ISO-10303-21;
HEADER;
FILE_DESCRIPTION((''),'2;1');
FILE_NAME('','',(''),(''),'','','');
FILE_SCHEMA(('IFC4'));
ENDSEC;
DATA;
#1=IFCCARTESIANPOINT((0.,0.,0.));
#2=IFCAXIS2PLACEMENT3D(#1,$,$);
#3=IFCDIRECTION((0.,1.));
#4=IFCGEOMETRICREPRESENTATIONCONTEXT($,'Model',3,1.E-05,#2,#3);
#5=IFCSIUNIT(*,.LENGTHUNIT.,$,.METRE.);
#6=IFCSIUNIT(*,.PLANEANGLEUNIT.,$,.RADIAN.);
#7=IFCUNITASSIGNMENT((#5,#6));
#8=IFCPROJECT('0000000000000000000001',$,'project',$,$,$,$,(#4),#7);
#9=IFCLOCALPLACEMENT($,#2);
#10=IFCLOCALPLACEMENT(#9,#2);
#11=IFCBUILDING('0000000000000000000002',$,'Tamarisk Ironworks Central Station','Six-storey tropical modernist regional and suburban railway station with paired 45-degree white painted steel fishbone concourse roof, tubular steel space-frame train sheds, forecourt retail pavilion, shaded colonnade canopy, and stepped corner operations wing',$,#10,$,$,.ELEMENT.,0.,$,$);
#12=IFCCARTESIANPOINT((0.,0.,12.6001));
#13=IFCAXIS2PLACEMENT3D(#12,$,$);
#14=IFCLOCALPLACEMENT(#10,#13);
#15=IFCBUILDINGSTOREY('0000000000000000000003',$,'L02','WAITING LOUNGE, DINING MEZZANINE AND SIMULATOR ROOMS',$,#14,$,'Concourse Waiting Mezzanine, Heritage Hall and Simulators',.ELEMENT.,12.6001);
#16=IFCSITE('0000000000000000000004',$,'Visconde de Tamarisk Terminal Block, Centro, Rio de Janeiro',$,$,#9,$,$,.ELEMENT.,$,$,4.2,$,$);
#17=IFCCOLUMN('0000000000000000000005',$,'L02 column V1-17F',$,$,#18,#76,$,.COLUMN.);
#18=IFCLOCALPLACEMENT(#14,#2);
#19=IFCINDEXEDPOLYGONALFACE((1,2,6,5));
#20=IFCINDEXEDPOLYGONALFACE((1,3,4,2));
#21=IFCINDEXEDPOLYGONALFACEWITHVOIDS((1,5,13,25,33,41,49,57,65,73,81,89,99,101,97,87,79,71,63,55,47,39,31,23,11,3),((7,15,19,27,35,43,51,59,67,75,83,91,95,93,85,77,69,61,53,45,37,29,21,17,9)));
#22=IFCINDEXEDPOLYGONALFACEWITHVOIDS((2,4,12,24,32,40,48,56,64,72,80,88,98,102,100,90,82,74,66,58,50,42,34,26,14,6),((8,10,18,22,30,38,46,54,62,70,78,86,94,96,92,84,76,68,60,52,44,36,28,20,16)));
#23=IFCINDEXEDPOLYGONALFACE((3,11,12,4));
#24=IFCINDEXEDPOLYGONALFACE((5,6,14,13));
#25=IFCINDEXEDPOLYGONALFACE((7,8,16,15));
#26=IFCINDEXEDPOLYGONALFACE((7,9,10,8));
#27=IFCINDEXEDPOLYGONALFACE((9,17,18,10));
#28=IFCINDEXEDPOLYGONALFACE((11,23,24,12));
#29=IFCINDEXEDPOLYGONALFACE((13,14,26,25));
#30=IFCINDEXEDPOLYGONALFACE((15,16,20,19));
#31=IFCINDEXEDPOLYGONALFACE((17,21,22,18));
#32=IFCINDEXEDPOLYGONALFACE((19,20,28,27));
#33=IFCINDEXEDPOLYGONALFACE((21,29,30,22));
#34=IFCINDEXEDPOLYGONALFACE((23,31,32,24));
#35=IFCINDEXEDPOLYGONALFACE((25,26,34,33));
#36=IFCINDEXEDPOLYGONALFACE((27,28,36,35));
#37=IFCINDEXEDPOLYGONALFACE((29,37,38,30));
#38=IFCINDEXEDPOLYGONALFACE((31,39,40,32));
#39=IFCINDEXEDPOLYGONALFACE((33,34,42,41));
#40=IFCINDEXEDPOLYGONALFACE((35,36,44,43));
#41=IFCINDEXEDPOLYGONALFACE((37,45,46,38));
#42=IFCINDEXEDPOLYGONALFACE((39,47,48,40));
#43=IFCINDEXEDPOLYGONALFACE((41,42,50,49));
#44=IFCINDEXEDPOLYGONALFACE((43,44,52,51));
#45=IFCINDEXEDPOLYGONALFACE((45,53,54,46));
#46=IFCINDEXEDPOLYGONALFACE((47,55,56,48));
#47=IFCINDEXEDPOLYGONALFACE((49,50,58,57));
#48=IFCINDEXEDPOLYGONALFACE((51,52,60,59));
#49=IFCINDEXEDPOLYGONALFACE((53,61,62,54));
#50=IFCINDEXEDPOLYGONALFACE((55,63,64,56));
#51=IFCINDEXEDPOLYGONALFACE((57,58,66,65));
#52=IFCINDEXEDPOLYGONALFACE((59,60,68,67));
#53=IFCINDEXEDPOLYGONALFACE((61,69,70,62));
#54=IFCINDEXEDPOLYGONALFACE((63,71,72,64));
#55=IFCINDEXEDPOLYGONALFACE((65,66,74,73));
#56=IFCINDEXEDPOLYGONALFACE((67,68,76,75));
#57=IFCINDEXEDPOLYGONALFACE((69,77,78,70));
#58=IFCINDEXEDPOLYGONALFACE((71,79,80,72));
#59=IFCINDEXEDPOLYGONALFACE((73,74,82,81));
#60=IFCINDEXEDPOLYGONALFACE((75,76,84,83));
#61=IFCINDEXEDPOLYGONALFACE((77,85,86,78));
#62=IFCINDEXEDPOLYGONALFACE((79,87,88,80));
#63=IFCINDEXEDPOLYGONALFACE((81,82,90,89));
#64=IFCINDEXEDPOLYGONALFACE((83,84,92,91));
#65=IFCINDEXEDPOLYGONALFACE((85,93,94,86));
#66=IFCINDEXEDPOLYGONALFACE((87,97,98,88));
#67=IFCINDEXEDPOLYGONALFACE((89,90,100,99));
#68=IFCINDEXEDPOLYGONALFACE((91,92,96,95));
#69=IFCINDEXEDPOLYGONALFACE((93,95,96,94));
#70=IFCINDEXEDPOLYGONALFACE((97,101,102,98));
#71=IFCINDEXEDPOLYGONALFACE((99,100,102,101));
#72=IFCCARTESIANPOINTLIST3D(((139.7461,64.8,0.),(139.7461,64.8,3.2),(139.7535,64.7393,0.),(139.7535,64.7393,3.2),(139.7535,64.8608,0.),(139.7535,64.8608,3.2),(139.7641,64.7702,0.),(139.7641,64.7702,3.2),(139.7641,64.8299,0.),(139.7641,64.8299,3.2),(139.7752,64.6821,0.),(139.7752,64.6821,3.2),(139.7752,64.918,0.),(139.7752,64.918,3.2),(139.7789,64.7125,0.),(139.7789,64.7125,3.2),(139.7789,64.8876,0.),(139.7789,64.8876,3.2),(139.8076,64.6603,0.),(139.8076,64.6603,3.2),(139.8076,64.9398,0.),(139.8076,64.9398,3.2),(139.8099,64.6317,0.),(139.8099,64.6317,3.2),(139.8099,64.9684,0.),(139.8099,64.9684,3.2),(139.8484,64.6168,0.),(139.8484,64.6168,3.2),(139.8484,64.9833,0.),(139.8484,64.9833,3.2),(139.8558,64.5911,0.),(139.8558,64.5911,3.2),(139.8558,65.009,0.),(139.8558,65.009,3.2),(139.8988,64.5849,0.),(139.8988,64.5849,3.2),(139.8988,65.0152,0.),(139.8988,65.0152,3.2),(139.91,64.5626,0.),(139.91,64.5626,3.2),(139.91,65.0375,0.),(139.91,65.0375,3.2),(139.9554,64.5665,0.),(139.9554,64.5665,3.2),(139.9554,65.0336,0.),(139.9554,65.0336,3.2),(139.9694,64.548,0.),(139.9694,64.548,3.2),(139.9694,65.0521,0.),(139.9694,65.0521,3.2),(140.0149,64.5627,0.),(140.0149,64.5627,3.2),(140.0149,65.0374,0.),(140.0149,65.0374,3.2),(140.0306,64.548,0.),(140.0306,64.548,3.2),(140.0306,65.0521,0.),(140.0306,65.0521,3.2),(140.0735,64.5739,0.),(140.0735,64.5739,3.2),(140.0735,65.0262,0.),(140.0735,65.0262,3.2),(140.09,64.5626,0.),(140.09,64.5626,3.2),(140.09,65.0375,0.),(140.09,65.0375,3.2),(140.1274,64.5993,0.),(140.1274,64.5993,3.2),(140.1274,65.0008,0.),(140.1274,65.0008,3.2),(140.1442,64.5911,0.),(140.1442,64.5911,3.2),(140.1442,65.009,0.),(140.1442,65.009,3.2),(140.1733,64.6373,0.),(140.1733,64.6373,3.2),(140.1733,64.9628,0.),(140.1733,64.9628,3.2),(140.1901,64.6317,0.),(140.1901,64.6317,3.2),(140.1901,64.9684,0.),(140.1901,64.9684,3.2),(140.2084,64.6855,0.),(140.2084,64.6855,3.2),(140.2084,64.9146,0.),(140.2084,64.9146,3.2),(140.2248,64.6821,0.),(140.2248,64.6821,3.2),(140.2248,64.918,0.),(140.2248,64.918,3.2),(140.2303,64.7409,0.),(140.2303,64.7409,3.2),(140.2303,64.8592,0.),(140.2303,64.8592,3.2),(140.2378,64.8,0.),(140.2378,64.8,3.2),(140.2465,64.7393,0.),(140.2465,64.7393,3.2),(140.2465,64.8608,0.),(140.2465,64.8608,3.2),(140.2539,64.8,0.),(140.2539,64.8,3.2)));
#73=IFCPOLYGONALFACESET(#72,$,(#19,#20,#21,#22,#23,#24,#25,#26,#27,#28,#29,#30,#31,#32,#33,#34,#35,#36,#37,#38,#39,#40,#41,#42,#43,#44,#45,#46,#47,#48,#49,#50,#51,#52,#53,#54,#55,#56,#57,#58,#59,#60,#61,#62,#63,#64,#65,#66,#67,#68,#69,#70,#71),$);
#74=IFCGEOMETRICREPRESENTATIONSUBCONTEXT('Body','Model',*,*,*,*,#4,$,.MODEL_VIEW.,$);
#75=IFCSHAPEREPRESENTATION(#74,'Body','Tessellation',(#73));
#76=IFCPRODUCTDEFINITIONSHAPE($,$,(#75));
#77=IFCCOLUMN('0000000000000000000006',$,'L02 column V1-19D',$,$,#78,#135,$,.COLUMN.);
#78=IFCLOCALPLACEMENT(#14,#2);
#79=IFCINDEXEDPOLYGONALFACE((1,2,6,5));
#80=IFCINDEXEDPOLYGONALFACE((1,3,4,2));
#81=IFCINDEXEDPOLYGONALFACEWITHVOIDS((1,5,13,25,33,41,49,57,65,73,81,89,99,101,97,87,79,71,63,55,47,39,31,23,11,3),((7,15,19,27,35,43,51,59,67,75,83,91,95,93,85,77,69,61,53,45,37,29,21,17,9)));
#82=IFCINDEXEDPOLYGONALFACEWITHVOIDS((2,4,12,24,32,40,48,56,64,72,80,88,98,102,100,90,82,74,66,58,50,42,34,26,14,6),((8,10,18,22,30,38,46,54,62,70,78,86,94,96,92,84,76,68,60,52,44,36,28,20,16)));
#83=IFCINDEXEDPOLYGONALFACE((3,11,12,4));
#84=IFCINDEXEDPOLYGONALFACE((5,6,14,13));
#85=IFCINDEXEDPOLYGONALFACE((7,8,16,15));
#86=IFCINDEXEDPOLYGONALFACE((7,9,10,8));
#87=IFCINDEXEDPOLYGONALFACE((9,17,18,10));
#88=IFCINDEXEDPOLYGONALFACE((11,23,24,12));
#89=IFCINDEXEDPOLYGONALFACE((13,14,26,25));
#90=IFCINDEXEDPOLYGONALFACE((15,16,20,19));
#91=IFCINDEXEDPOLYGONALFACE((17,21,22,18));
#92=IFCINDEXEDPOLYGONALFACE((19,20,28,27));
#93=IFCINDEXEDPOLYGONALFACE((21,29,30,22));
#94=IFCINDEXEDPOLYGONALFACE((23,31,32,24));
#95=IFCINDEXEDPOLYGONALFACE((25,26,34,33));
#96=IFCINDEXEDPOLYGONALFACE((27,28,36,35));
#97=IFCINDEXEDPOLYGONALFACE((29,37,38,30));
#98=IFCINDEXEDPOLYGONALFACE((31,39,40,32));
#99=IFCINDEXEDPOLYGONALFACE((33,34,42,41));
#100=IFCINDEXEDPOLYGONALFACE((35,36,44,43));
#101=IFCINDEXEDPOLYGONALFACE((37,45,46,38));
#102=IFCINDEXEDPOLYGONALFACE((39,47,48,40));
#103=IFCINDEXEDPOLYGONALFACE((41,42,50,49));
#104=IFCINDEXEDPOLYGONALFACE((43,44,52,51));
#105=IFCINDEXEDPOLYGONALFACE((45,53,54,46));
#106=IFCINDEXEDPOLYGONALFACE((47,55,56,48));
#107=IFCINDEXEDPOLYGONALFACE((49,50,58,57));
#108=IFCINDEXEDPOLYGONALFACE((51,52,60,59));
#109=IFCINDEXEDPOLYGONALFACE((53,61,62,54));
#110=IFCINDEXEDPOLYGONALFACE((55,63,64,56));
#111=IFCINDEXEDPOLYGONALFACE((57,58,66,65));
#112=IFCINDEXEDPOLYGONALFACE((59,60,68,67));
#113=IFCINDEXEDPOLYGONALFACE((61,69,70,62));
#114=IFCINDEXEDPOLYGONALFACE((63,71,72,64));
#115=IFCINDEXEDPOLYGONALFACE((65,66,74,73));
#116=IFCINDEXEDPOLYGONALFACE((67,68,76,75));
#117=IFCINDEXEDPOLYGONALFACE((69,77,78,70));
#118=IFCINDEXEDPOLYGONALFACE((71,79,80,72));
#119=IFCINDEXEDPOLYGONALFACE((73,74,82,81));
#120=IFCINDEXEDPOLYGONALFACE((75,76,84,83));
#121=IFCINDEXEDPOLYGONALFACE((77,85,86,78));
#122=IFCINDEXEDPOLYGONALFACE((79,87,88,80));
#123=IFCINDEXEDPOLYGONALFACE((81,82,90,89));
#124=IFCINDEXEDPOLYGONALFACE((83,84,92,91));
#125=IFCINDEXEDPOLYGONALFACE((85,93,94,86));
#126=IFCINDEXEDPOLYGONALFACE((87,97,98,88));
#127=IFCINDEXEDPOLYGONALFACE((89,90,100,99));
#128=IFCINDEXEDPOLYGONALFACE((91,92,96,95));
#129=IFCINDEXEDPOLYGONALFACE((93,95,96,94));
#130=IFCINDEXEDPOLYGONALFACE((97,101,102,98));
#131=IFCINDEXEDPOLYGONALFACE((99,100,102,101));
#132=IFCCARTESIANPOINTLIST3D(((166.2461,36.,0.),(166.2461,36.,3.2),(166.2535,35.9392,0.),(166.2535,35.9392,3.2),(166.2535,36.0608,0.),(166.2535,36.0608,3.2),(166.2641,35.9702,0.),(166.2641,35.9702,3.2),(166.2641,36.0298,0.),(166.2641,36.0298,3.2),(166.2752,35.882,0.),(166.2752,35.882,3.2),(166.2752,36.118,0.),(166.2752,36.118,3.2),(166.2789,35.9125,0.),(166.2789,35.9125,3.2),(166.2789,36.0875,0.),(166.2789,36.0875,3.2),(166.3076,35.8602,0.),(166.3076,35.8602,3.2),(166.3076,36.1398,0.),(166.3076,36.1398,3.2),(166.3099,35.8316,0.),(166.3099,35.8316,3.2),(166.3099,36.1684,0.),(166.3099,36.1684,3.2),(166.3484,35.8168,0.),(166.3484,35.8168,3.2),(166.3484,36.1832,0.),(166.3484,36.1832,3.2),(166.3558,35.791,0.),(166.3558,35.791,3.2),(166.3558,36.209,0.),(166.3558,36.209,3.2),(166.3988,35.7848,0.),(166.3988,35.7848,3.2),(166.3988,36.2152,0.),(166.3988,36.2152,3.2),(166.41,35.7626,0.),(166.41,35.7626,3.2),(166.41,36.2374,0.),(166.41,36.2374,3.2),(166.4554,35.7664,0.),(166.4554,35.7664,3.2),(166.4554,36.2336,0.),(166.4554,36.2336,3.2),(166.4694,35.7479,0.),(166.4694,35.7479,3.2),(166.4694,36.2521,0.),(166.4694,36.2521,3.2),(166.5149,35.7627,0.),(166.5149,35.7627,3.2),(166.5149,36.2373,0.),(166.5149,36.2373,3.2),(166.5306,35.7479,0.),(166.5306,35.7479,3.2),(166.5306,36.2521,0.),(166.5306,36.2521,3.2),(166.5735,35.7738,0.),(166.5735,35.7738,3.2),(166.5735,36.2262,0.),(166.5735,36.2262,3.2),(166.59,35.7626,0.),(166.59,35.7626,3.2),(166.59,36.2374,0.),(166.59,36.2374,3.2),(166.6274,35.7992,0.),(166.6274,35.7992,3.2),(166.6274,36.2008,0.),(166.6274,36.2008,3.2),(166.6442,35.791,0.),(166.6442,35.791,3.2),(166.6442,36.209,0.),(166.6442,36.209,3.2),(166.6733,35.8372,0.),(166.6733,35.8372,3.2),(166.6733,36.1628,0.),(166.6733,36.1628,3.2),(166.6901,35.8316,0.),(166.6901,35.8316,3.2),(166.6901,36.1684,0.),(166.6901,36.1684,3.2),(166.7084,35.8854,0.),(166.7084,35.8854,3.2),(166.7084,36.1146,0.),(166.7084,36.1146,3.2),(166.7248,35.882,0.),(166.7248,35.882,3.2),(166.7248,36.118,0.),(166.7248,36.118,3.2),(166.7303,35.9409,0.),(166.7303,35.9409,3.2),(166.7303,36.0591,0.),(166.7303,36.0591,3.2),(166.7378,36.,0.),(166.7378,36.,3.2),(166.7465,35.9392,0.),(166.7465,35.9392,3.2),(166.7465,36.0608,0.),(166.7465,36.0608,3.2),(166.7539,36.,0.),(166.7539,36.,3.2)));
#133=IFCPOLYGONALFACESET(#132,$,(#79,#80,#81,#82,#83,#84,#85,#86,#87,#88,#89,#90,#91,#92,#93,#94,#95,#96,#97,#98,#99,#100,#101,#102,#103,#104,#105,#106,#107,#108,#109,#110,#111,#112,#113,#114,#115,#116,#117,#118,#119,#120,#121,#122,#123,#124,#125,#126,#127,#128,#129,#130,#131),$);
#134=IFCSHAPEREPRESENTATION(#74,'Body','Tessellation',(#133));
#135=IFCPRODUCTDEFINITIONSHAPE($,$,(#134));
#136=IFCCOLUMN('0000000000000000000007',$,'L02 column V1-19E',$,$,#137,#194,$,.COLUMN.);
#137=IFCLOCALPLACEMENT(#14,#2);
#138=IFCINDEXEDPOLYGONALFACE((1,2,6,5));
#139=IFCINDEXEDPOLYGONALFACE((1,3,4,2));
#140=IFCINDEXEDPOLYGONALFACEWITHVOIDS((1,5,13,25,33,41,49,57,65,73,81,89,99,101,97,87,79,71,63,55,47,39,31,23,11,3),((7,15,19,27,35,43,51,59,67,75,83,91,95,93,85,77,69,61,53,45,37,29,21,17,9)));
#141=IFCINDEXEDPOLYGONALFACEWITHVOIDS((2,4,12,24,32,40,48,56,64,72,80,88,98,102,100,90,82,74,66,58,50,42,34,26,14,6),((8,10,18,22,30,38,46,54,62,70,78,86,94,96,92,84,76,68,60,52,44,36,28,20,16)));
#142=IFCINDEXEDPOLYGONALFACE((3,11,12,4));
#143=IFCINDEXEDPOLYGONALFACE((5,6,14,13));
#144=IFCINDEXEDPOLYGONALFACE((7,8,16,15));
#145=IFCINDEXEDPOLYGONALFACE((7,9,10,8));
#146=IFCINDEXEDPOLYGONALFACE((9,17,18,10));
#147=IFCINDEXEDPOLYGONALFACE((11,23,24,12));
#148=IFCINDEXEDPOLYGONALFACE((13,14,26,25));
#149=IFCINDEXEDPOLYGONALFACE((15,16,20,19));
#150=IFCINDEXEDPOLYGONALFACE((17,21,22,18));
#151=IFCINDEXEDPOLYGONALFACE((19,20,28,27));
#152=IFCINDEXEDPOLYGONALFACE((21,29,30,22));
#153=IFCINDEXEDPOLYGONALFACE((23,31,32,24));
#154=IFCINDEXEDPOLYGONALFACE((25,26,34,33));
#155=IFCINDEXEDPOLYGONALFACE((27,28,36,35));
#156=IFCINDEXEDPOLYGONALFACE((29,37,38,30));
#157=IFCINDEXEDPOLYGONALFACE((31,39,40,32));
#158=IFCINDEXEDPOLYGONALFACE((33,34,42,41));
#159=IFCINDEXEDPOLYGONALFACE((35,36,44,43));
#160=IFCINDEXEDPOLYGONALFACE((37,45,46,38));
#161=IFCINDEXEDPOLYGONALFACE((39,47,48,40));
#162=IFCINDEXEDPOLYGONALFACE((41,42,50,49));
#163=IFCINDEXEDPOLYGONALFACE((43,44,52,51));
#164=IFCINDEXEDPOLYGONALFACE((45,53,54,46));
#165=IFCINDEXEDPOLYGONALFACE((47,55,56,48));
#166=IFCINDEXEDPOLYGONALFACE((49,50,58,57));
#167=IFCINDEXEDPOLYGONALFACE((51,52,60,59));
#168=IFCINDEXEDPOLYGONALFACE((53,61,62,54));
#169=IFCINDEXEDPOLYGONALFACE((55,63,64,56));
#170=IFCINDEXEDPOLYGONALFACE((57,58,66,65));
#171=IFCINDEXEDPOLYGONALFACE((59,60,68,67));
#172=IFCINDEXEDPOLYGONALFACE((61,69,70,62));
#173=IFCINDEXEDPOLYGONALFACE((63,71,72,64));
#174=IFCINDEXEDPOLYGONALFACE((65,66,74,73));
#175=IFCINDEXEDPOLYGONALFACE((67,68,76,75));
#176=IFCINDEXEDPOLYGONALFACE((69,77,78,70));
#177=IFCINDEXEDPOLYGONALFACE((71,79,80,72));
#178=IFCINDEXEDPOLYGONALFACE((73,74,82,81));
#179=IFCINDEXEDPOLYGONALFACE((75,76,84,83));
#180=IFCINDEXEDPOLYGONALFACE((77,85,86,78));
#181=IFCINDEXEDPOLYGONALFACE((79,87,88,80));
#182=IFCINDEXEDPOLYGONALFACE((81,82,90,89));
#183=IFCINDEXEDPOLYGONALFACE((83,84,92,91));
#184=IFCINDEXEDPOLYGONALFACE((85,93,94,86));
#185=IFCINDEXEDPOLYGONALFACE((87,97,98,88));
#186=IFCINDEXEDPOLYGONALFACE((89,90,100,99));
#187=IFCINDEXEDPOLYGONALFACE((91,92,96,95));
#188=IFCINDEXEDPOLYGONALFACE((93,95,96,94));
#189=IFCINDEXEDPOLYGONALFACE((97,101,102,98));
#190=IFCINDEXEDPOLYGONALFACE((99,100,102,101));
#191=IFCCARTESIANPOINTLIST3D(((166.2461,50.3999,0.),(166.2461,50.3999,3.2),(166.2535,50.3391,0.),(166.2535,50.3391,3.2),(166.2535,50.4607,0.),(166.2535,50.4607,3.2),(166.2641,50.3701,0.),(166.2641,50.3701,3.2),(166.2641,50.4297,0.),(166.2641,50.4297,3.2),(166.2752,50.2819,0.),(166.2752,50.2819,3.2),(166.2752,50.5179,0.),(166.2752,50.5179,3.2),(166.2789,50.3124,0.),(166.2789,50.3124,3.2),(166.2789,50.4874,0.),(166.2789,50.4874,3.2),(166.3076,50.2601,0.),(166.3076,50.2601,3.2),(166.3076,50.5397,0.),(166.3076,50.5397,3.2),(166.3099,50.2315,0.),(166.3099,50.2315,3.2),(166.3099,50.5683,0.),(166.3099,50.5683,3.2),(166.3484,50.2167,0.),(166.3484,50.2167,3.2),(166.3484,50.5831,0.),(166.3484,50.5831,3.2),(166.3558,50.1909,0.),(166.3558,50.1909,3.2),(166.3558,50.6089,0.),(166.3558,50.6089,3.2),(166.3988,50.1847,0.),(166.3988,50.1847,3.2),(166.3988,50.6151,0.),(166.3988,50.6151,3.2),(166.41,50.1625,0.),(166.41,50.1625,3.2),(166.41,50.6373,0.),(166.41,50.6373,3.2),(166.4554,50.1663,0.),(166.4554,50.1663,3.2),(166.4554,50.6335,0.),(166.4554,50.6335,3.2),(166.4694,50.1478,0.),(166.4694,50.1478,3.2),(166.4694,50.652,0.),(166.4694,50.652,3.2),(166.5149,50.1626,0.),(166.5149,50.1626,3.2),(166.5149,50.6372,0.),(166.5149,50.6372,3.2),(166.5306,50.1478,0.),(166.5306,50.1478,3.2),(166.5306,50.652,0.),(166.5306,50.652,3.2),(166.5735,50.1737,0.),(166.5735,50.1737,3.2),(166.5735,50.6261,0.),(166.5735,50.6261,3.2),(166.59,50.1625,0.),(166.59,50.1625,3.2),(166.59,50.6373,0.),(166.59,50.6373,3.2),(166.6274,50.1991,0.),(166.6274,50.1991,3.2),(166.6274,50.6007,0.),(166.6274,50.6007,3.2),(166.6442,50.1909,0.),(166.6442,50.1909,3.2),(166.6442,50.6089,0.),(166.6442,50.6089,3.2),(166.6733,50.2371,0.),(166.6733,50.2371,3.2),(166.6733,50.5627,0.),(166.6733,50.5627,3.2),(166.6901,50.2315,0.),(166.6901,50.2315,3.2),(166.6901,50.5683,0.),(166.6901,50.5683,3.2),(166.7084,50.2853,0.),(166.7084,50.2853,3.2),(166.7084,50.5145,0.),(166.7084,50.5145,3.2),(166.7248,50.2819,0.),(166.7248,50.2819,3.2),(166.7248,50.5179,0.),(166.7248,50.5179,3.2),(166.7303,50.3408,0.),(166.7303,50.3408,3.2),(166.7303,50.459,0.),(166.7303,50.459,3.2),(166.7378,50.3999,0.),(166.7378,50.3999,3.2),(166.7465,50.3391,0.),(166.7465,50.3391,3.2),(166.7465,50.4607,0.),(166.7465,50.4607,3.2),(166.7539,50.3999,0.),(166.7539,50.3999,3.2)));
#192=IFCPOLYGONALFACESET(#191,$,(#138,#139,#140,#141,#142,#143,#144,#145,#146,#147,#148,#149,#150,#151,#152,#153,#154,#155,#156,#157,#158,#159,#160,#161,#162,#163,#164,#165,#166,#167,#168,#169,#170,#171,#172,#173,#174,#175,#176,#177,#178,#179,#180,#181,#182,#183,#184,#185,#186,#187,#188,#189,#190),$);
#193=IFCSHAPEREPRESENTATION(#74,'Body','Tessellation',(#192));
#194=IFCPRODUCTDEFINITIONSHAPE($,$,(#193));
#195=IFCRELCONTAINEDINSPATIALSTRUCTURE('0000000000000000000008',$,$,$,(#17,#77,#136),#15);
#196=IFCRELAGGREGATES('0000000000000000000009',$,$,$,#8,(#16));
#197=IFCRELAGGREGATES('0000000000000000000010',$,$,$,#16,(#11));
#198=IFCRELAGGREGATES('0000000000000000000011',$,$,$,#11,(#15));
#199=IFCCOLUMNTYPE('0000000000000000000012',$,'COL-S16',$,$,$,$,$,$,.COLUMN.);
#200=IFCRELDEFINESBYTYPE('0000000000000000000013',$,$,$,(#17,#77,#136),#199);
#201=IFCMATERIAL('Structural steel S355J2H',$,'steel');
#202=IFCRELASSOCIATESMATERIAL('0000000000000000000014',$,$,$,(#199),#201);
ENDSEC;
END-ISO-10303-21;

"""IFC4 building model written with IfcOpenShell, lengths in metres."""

from ifc_helpers import new_model, si_unit, direction, frame, origin, origin_2d, place, context, subcontext, project, spatial, hollow_circle, extrude, material, material_profile, profile_set, type_object, element, save


model = new_model("IFC4")

# Units and contexts
model_context = context("Model", 3, precision=1e-05, world=origin(), true_north=direction((0.0, 1.0)))
body_context = subcontext(model_context, "Body", "Model", "MODEL_VIEW")
ifc_project = project(units=[si_unit("LENGTHUNIT", "METRE"), si_unit("PLANEANGLEUNIT", "RADIAN")], contexts=[model_context])

# Site, building, storey
site_placement = place(None, origin())
site = spatial("IfcSite", under=ifc_project, at=site_placement, Name="Visconde de Tamarisk Terminal Block, Centro, Rio de Janeiro", CompositionType="ELEMENT", RefElevation=4.2)
building_placement = place(site_placement, origin())
building = spatial("IfcBuilding", under=site, at=building_placement, Name="Tamarisk Ironworks Central Station", Description="Six-storey tropical modernist regional and suburban railway station with paired 45-degree white painted steel fishbone concourse roof, tubular steel space-frame train sheds, forecourt retail pavilion, shaded colonnade canopy, and stepped corner operations wing", CompositionType="ELEMENT", ElevationOfRefHeight=0.0)
storey_placement = place(building_placement, frame((0.0, 0.0, 12.6001)))
storey = spatial("IfcBuildingStorey", under=building, at=storey_placement, Name="L02", Description="WAITING LOUNGE, DINING MEZZANINE AND SIMULATOR ROOMS", LongName="Concourse Waiting Mezzanine, Heritage Hall and Simulators", CompositionType="ELEMENT", Elevation=12.6001)

# Columns
ifc_material_1 = material(Name="Structural steel S355J2H", Category="steel")
ifc_material_profile_1 = material_profile(ifc_material_1, hollow_circle(Radius=0.2539, WallThickness=0.0161, at=origin_2d()), Name="CHS 508x16")
ifc_profile_set_1 = profile_set([ifc_material_profile_1], Name="Structural steel S355J2H")
column_type_1 = type_object("IfcColumnType", Name="COL-S16", PredefinedType="COLUMN", material=ifc_profile_set_1)
for number, where, z_axis, x_axis, name in (
    (1, (140.0, 64.8, 0.0), (0.0, 0.0, 1.0), (1.0, 0.0, 0.0), "L02 column V1-17F"),
    (2, (166.5, 36.0, 0.0), (0.0, 0.0, 1.0), (1.0, 0.0, 0.0), "L02 column V1-19D"),
    (3, (166.5, 50.3999, 0.0), (0.0, 0.0, 1.0), (1.0, 0.0, 0.0), "L02 column V1-19E"),
):
    element("IfcColumn", number, at=place(storey_placement, frame(where, z_axis=z_axis, x_axis=x_axis)), inside=storey, type_object=column_type_1, Name=name, PredefinedType="COLUMN", context=body_context, shape_type="SweptSolid", body=[
        extrude(hollow_circle(Radius=0.2539, WallThickness=0.0161, at=origin_2d()), origin(), (0.0, 0.0, 1.0), 3.2),
    ])

save(model, "model.ifc")
